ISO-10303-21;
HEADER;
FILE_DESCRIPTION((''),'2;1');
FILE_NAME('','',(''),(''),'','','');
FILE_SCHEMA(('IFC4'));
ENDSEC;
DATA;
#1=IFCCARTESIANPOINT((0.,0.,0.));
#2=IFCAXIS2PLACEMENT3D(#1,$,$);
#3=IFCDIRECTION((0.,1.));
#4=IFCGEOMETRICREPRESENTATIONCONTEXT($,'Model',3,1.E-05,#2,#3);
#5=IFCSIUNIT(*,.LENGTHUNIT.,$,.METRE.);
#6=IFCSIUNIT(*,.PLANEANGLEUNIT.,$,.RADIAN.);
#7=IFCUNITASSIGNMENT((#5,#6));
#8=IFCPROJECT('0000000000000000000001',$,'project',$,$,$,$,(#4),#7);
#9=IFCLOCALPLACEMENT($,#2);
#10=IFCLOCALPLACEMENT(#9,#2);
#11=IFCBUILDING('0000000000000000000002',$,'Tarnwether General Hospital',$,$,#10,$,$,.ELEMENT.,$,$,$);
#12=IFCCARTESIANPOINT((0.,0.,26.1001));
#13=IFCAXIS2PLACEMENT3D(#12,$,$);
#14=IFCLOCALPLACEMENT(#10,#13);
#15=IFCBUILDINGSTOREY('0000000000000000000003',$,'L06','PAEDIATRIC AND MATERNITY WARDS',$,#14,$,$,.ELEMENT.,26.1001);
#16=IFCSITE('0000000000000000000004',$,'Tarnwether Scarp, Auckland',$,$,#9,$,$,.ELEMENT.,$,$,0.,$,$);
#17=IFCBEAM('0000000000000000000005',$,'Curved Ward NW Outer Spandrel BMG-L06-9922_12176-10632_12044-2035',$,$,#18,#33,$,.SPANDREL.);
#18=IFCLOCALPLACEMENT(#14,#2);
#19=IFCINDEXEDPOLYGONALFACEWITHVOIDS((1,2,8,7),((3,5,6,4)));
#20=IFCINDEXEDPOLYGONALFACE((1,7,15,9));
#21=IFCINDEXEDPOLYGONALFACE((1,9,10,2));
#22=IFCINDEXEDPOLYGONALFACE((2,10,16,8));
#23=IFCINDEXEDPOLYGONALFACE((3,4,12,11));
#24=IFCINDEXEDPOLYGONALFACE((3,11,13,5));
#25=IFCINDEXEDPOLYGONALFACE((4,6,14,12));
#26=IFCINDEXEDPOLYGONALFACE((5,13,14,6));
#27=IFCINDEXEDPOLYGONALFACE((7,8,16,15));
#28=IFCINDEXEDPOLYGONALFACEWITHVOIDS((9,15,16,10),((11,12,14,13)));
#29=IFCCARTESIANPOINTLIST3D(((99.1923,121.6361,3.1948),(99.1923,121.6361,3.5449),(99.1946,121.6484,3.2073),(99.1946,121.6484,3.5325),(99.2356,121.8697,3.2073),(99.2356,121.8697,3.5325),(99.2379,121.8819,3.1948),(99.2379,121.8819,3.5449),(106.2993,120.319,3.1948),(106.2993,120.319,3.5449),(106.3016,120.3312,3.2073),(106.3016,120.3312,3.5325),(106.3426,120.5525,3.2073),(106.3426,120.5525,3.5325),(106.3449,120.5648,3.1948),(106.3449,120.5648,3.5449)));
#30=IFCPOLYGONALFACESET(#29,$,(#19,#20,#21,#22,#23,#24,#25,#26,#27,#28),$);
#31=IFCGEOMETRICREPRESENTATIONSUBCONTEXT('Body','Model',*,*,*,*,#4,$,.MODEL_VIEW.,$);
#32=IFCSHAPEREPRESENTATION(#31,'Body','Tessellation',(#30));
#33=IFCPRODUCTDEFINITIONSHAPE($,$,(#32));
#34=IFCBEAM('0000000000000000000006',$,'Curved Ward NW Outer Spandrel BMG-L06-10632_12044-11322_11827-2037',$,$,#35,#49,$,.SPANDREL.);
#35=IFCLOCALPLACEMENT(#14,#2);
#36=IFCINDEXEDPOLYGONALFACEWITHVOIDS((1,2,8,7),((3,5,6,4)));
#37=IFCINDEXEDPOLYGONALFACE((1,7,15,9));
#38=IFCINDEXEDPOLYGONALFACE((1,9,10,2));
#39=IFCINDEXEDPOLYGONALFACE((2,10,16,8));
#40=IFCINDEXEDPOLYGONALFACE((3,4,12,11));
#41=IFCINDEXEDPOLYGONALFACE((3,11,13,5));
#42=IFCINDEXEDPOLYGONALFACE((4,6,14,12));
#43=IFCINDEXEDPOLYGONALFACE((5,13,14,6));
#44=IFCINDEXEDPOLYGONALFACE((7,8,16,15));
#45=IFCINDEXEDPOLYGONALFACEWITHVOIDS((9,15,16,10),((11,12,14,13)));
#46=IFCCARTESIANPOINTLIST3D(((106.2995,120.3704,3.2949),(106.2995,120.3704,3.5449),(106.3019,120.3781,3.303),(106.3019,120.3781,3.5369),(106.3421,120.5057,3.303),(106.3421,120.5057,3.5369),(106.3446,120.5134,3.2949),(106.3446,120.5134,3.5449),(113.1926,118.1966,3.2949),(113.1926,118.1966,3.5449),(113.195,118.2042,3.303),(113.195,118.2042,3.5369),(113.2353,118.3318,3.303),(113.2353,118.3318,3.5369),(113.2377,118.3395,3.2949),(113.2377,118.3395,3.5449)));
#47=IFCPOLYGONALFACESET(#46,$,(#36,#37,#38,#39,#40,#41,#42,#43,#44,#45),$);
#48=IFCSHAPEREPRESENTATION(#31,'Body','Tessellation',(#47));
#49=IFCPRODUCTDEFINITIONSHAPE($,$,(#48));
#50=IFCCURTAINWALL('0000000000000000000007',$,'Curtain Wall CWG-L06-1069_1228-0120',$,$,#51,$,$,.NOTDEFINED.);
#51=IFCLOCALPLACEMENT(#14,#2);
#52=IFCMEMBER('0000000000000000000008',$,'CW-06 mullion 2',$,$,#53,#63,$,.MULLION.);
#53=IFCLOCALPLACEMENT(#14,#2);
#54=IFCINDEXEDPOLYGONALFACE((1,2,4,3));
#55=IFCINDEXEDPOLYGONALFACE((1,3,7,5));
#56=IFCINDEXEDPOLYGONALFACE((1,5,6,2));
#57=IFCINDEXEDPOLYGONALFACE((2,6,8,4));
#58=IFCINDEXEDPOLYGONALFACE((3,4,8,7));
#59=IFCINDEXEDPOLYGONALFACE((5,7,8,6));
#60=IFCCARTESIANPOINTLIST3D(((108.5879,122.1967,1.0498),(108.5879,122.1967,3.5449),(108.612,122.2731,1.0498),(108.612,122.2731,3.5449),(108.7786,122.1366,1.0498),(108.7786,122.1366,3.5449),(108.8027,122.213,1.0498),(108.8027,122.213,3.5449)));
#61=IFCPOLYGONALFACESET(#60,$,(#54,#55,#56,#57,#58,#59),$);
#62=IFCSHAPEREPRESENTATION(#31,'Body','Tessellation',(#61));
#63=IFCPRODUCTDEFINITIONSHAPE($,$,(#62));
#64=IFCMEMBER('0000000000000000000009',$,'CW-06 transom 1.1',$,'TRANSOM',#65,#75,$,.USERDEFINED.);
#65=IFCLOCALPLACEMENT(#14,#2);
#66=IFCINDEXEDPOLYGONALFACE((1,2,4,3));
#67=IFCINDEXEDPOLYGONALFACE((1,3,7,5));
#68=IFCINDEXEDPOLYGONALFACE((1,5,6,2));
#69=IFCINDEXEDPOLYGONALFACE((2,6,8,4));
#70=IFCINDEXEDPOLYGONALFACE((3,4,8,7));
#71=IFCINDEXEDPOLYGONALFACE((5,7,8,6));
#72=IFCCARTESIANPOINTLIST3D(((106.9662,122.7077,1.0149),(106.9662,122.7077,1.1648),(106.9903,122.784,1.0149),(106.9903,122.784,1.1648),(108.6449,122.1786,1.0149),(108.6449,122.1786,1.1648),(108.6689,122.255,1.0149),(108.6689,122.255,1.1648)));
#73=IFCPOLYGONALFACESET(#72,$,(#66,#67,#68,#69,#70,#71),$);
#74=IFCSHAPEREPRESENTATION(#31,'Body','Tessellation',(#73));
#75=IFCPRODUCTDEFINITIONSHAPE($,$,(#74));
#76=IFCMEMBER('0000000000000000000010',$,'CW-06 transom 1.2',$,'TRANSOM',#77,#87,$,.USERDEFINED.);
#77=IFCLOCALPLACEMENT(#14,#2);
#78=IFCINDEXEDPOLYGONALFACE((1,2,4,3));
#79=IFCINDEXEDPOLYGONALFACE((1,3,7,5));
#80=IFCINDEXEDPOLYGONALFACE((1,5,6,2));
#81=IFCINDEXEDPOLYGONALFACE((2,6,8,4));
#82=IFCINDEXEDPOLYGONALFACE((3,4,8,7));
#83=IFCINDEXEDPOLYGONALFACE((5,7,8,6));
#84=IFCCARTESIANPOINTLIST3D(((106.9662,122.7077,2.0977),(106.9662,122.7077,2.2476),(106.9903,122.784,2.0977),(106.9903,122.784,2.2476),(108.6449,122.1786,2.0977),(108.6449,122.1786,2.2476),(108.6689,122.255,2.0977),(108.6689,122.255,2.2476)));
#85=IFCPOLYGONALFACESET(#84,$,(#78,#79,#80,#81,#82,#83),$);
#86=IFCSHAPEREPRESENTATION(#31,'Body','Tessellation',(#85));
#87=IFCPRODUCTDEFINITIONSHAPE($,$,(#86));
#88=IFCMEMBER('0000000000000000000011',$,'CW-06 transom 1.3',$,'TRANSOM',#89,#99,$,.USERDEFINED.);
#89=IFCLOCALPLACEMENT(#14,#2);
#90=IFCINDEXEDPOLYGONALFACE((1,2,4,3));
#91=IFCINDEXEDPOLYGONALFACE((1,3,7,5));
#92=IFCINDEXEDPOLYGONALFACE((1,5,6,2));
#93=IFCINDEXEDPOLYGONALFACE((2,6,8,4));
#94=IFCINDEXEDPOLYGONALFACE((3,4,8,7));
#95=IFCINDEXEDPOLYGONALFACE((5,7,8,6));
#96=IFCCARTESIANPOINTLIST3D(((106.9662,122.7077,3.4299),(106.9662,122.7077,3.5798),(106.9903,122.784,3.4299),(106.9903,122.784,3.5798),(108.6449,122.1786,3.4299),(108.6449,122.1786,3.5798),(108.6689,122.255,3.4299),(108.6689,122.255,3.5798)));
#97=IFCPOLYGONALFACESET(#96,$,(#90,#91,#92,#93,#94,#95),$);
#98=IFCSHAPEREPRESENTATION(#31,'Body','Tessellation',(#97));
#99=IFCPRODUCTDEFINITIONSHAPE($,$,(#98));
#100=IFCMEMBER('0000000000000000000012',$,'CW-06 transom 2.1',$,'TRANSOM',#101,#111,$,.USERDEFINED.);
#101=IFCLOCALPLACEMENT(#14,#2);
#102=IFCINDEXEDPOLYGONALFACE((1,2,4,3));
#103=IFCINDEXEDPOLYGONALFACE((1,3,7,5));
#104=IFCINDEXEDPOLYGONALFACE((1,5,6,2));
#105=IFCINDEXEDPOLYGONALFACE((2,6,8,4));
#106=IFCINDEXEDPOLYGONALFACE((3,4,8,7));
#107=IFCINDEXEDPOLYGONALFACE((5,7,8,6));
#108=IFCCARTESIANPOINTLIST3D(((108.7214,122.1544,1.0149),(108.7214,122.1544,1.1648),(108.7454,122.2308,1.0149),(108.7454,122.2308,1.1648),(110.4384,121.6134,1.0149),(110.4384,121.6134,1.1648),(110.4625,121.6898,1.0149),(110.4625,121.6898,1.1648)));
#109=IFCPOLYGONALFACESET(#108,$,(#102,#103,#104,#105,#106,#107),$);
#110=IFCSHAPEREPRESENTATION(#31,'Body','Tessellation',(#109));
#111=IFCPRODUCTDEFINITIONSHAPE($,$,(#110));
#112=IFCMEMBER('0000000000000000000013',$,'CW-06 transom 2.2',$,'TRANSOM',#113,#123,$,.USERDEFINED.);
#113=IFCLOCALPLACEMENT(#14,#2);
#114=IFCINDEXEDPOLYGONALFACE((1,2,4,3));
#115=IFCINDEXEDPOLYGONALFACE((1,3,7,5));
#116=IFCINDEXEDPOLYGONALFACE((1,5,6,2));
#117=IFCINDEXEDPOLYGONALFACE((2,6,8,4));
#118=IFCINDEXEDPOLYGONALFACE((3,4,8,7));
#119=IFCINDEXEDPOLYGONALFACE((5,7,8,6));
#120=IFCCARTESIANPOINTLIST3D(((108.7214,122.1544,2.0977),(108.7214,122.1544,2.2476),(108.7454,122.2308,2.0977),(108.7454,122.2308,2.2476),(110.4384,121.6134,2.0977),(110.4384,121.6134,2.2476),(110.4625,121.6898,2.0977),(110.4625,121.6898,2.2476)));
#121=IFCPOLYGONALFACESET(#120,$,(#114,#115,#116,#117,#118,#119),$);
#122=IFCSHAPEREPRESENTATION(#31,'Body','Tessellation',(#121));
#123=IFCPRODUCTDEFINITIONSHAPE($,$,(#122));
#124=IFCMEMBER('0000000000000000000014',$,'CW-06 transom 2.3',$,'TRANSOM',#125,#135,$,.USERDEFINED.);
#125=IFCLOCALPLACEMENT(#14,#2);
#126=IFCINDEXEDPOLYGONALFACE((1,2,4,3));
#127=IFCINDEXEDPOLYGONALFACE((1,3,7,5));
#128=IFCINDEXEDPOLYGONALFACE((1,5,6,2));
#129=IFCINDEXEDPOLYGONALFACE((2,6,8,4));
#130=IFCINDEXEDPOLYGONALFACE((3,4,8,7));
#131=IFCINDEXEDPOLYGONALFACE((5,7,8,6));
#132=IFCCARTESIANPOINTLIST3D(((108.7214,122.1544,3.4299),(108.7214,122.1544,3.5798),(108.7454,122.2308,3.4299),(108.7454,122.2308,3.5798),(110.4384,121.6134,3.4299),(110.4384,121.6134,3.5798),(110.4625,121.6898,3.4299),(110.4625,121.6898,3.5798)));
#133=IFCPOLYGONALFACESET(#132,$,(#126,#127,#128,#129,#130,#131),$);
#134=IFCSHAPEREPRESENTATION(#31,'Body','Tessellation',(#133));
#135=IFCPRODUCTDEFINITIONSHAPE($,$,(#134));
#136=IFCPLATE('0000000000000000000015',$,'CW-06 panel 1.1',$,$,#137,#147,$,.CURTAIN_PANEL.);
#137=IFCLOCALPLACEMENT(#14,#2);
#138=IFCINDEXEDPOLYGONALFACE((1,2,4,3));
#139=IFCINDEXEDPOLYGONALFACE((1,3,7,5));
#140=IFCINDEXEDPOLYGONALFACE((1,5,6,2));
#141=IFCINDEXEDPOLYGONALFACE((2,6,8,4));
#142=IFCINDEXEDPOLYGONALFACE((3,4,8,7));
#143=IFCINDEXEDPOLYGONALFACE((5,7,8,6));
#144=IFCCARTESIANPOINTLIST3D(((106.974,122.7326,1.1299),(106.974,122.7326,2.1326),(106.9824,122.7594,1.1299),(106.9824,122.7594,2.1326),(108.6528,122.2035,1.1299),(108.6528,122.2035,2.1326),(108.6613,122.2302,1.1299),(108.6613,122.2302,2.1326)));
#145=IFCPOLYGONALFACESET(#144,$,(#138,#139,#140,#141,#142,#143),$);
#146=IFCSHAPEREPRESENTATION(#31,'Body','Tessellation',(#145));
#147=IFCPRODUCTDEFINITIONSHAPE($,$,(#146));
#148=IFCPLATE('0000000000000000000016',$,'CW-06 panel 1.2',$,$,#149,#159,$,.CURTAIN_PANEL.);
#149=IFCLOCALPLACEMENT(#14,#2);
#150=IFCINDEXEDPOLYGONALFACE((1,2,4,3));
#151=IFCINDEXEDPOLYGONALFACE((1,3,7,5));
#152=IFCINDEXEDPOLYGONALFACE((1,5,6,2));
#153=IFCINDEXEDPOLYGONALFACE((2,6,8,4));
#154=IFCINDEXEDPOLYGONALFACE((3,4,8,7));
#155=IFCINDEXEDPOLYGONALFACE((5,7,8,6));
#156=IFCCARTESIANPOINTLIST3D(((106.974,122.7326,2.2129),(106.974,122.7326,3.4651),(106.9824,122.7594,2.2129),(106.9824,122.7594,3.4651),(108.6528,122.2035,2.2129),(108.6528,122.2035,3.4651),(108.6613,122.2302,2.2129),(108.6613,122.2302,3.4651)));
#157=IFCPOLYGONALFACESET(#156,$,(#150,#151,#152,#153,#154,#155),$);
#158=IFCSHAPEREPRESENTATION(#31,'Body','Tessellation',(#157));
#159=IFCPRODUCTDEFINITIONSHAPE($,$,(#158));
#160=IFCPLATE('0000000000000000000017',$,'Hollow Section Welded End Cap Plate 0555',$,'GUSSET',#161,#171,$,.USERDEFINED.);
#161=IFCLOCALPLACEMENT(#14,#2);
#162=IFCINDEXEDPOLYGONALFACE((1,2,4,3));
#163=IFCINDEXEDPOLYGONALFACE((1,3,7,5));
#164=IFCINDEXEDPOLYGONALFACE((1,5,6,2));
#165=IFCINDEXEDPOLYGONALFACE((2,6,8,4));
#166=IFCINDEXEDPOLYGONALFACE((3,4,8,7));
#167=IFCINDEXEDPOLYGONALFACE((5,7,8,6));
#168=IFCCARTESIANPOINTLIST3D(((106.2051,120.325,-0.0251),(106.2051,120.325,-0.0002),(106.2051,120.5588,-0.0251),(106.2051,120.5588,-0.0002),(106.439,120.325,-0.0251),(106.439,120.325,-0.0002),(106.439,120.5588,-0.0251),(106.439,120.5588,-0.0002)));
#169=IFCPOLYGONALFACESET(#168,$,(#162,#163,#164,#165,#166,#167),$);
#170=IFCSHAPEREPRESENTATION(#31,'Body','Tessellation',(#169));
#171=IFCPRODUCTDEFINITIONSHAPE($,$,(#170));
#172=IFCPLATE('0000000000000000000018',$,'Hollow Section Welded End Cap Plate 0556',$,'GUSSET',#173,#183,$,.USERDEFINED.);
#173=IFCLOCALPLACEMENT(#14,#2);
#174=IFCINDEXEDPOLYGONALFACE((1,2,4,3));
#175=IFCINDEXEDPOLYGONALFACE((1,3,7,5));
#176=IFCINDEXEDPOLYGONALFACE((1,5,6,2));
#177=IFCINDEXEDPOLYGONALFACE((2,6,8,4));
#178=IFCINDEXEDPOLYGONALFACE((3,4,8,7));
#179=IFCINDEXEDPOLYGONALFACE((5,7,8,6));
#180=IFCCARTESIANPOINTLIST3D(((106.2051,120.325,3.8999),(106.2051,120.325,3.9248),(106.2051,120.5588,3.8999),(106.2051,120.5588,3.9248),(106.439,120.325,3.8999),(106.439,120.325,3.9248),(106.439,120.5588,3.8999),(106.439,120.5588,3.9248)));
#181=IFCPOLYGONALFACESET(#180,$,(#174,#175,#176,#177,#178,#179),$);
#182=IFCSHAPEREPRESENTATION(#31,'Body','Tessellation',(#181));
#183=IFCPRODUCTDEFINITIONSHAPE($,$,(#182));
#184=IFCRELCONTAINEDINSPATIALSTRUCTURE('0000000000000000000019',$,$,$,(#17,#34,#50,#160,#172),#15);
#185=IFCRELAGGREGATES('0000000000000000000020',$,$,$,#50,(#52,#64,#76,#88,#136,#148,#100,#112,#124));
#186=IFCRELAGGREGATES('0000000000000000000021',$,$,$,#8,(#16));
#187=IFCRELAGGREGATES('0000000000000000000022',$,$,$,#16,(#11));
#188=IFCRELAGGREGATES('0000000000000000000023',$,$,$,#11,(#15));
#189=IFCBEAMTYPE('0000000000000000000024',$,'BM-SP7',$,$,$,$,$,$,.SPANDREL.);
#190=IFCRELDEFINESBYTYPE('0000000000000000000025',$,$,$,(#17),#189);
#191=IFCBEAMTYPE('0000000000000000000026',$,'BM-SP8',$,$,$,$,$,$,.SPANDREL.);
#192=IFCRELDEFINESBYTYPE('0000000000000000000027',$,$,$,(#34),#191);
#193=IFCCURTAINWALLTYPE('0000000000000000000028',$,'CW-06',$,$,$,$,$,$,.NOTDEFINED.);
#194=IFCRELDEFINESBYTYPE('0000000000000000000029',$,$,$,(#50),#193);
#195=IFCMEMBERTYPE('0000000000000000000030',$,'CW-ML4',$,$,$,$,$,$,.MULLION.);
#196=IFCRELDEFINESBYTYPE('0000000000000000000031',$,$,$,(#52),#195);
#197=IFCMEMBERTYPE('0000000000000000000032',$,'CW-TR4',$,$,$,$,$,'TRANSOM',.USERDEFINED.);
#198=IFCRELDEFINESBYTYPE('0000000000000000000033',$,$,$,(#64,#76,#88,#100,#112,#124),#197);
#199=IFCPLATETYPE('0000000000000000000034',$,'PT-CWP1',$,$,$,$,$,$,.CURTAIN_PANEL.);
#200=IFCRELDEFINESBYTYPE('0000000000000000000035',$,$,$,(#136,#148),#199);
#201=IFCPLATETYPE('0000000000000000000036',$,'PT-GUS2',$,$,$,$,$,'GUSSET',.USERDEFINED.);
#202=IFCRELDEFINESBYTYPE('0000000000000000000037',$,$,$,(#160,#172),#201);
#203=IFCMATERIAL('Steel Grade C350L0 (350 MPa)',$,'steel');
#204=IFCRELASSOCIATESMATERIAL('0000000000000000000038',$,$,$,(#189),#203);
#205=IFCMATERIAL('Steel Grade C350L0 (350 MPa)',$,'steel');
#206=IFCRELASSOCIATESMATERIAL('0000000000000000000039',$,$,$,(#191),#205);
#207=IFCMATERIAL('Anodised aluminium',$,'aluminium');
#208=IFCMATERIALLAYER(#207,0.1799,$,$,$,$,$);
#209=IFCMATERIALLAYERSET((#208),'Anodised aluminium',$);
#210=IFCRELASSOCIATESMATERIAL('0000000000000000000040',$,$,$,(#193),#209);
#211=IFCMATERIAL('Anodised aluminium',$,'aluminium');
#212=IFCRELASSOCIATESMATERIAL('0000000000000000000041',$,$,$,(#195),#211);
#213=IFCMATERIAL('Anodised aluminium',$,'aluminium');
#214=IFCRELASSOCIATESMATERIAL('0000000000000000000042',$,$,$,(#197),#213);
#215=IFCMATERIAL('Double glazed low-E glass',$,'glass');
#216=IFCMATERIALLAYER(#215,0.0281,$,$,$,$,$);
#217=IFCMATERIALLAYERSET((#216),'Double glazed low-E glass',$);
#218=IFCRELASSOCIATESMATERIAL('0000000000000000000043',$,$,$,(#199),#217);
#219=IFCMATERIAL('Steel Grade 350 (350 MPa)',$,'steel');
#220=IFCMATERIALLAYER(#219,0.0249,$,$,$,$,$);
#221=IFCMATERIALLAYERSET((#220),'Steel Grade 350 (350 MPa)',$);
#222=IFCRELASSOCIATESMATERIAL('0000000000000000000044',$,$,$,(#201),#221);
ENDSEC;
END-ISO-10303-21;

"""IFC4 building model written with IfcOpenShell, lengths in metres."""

from ifc_helpers import new_model, si_unit, direction, frame, origin, origin_2d, place, context, subcontext, project, spatial, rectangle, hollow_rectangle, extrude, material, layer, layer_set, material_profile, profile_set, type_object, element, aggregate, save


model = new_model("IFC4")

# Units and contexts
model_context = context("Model", 3, precision=1e-05, world=origin(), true_north=direction((0.0, 1.0)))
body_context = subcontext(model_context, "Body", "Model", "MODEL_VIEW")
ifc_project = project(units=[si_unit("LENGTHUNIT", "METRE"), si_unit("PLANEANGLEUNIT", "RADIAN")], contexts=[model_context])

# Site, building, storey
site_placement = place(None, origin())
site = spatial("IfcSite", under=ifc_project, at=site_placement, Name="Tarnwether Scarp, Auckland", CompositionType="ELEMENT", RefElevation=0.0)
building_placement = place(site_placement, origin())
building = spatial("IfcBuilding", under=site, at=building_placement, Name="Tarnwether General Hospital", CompositionType="ELEMENT")
storey_placement = place(building_placement, frame((0.0, 0.0, 26.1001)))
storey = spatial("IfcBuildingStorey", under=building, at=storey_placement, Name="L06", Description="PAEDIATRIC AND MATERNITY WARDS", CompositionType="ELEMENT", Elevation=26.1001)

# Beams
ifc_material_1 = material(Name="Steel Grade C350L0 (350 MPa)", Category="steel")
ifc_material_profile_1 = material_profile(ifc_material_1, hollow_rectangle(XDim=0.25, YDim=0.3501, WallThickness=0.0125, at=origin_2d()), Name="RHS350x250x12.5")
ifc_profile_set_1 = profile_set([ifc_material_profile_1], Name="Steel Grade C350L0 (350 MPa)")
beam_type_1 = type_object("IfcBeamType", Name="BM-SP7", PredefinedType="SPANDREL", material=ifc_profile_set_1)
beam_1_placement = place(storey_placement, frame((99.2151, 121.759, 3.3699), z_axis=(0.983256, -0.182228, 0.0), x_axis=(0.182228, 0.983256, 0.0)))
element("IfcBeam", 1, at=beam_1_placement, inside=storey, type_object=beam_type_1, Name="Curved Ward NW Outer Spandrel BMG-L06-9922_12176-10632_12044-2035", PredefinedType="SPANDREL", context=body_context, shape_type="SweptSolid", body=[
    extrude(hollow_rectangle(XDim=0.25, YDim=0.3501, WallThickness=0.0125, at=origin_2d()), origin(), (0.0, 0.0, 1.0), 7.228),
])
ifc_material_2 = material(Name="Steel Grade C350L0 (350 MPa)", Category="steel")
ifc_material_profile_2 = material_profile(ifc_material_2, hollow_rectangle(XDim=0.1499, YDim=0.25, WallThickness=0.0081, at=origin_2d()), Name="RHS250x150x8")
ifc_profile_set_2 = profile_set([ifc_material_profile_2], Name="Steel Grade C350L0 (350 MPa)")
beam_type_2 = type_object("IfcBeamType", Name="BM-SP8", PredefinedType="SPANDREL", material=ifc_profile_set_2)
beam_2_placement = place(storey_placement, frame((106.322, 120.4419, 3.4199), z_axis=(0.953699, -0.300763, 0.0), x_axis=(0.300763, 0.953699, 0.0)))
element("IfcBeam", 2, at=beam_2_placement, inside=storey, type_object=beam_type_2, Name="Curved Ward NW Outer Spandrel BMG-L06-10632_12044-11322_11827-2037", PredefinedType="SPANDREL", context=body_context, shape_type="SweptSolid", body=[
    extrude(hollow_rectangle(XDim=0.1499, YDim=0.25, WallThickness=0.0081, at=origin_2d()), origin(), (0.0, 0.0, 1.0), 7.2278),
])

# Curtain wall, members, plates
ifc_material_3 = material(Name="Anodised aluminium", Category="aluminium")
ifc_layer_1 = layer(ifc_material_3, 0.1799)
ifc_layer_set_1 = layer_set([ifc_layer_1], Name="Anodised aluminium")
curtain_wall_type = type_object("IfcCurtainWallType", Name="CW-06", PredefinedType="NOTDEFINED", material=ifc_layer_set_1)
curtain_wall_placement = place(storey_placement, origin())
curtain_wall = element("IfcCurtainWall", 3, at=curtain_wall_placement, inside=storey, type_object=curtain_wall_type, Name="Curtain Wall CWG-L06-1069_1228-0120", PredefinedType="NOTDEFINED")
ifc_material_4 = material(Name="Anodised aluminium", Category="aluminium")
ifc_material_profile_3 = material_profile(ifc_material_4, rectangle(XDim=0.0801, YDim=0.2, at=origin_2d()), Name="ALU-MUL-80x200")
ifc_profile_set_3 = profile_set([ifc_material_profile_3], Name="Anodised aluminium")
member_type_1 = type_object("IfcMemberType", Name="CW-ML4", PredefinedType="MULLION", material=ifc_profile_set_3)
member_1_placement = place(storey_placement, frame((108.6953, 122.2048, 1.0498), z_axis=(0.0, 0.0, 1.0), x_axis=(0.300629, 0.953741, 0.0)))
member_1 = element("IfcMember", 4, at=member_1_placement, type_object=member_type_1, Name="CW-06 mullion 2", PredefinedType="MULLION", context=body_context, shape_type="SweptSolid", body=[
    extrude(rectangle(XDim=0.0801, YDim=0.2, at=origin_2d()), origin(), (0.0, 0.0, 1.0), 2.4951),
])
ifc_material_5 = material(Name="Anodised aluminium", Category="aluminium")
ifc_material_profile_4 = material_profile(ifc_material_5, rectangle(XDim=0.0801, YDim=0.1499, at=origin_2d()), Name="ALU-TRN-80x150")
ifc_profile_set_4 = profile_set([ifc_material_profile_4], Name="Anodised aluminium")
member_type_2 = type_object("IfcMemberType", Name="CW-TR4", ElementType="TRANSOM", PredefinedType="USERDEFINED", material=ifc_profile_set_4)
member_2_placement = place(storey_placement, frame((106.9783, 122.7458, 1.0898), z_axis=(0.953757, -0.30058, 0.0), x_axis=(0.30058, 0.953757, 0.0)))
member_2 = element("IfcMember", 5, at=member_2_placement, type_object=member_type_2, Name="CW-06 transom 1.1", ObjectType="TRANSOM", PredefinedType="USERDEFINED", context=body_context, shape_type="SweptSolid", body=[
    extrude(rectangle(XDim=0.0801, YDim=0.1499, at=origin_2d()), origin(), (0.0, 0.0, 1.0), 1.76),
])
member_3_placement = place(storey_placement, frame((106.9783, 122.7458, 2.1726), z_axis=(0.953757, -0.30058, 0.0), x_axis=(0.30058, 0.953757, 0.0)))
member_3 = element("IfcMember", 6, at=member_3_placement, type_object=member_type_2, Name="CW-06 transom 1.2", ObjectType="TRANSOM", PredefinedType="USERDEFINED", context=body_context, shape_type="SweptSolid", body=[
    extrude(rectangle(XDim=0.0801, YDim=0.1499, at=origin_2d()), origin(), (0.0, 0.0, 1.0), 1.76),
])
member_4_placement = place(storey_placement, frame((106.9783, 122.7458, 3.5049), z_axis=(0.953757, -0.30058, 0.0), x_axis=(0.30058, 0.953757, 0.0)))
member_4 = element("IfcMember", 7, at=member_4_placement, type_object=member_type_2, Name="CW-06 transom 1.3", ObjectType="TRANSOM", PredefinedType="USERDEFINED", context=body_context, shape_type="SweptSolid", body=[
    extrude(rectangle(XDim=0.0801, YDim=0.1499, at=origin_2d()), origin(), (0.0, 0.0, 1.0), 1.76),
])
member_5_placement = place(storey_placement, frame((108.7334, 122.1926, 1.0898), z_axis=(0.953775, -0.300521, 0.0), x_axis=(0.300521, 0.953775, 0.0)))
member_5 = element("IfcMember", 8, at=member_5_placement, type_object=member_type_2, Name="CW-06 transom 2.1", ObjectType="TRANSOM", PredefinedType="USERDEFINED", context=body_context, shape_type="SweptSolid", body=[
    extrude(rectangle(XDim=0.0801, YDim=0.1499, at=origin_2d()), origin(), (0.0, 0.0, 1.0), 1.8003),
])
member_6_placement = place(storey_placement, frame((108.7334, 122.1926, 2.1726), z_axis=(0.953775, -0.300521, 0.0), x_axis=(0.300521, 0.953775, 0.0)))
member_6 = element("IfcMember", 9, at=member_6_placement, type_object=member_type_2, Name="CW-06 transom 2.2", ObjectType="TRANSOM", PredefinedType="USERDEFINED", context=body_context, shape_type="SweptSolid", body=[
    extrude(rectangle(XDim=0.0801, YDim=0.1499, at=origin_2d()), origin(), (0.0, 0.0, 1.0), 1.8003),
])
member_7_placement = place(storey_placement, frame((108.7334, 122.1926, 3.5049), z_axis=(0.953775, -0.300521, 0.0), x_axis=(0.300521, 0.953775, 0.0)))
member_7 = element("IfcMember", 10, at=member_7_placement, type_object=member_type_2, Name="CW-06 transom 2.3", ObjectType="TRANSOM", PredefinedType="USERDEFINED", context=body_context, shape_type="SweptSolid", body=[
    extrude(rectangle(XDim=0.0801, YDim=0.1499, at=origin_2d()), origin(), (0.0, 0.0, 1.0), 1.8003),
])
ifc_material_6 = material(Name="Double glazed low-E glass", Category="glass")
ifc_layer_2 = layer(ifc_material_6, 0.0281)
ifc_layer_set_2 = layer_set([ifc_layer_2], Name="Double glazed low-E glass")
plate_type_1 = type_object("IfcPlateType", Name="PT-CWP1", PredefinedType="CURTAIN_PANEL", material=ifc_layer_set_2)
plate_1_placement = place(storey_placement, frame((107.8176, 122.4814, 1.1299), z_axis=(0.0, 0.0, 1.0), x_axis=(0.953741, -0.300629, 0.0)))
plate_1 = element("IfcPlate", 11, at=plate_1_placement, type_object=plate_type_1, Name="CW-06 panel 1.1", PredefinedType="CURTAIN_PANEL", context=body_context, shape_type="SweptSolid", body=[
    extrude(rectangle(XDim=1.7603, YDim=0.0281, at=origin_2d()), origin(), (0.0, 0.0, 1.0), 1.0027),
])
plate_2_placement = place(storey_placement, frame((107.8176, 122.4814, 2.2129), z_axis=(0.0, 0.0, 1.0), x_axis=(0.953741, -0.300629, 0.0)))
plate_2 = element("IfcPlate", 12, at=plate_2_placement, type_object=plate_type_1, Name="CW-06 panel 1.2", PredefinedType="CURTAIN_PANEL", context=body_context, shape_type="SweptSolid", body=[
    extrude(rectangle(XDim=1.7603, YDim=0.0281, at=origin_2d()), origin(), (0.0, 0.0, 1.0), 1.2522),
])
aggregate(curtain_wall, [member_1, member_2, member_3, member_4, plate_1, plate_2, member_5, member_6, member_7])

# Plates
ifc_material_7 = material(Name="Steel Grade 350 (350 MPa)", Category="steel")
ifc_layer_3 = layer(ifc_material_7, 0.0249)
ifc_layer_set_3 = layer_set([ifc_layer_3], Name="Steel Grade 350 (350 MPa)")
plate_type_2 = type_object("IfcPlateType", Name="PT-GUS2", ElementType="GUSSET", PredefinedType="USERDEFINED", material=ifc_layer_set_3)
for number, where, z_axis, x_axis, name in (
    (13, (106.322, 120.4419, -0.0251), (0.0, 0.0, 1.0), (1.0, 0.0, 0.0), "Hollow Section Welded End Cap Plate 0555"),
    (14, (106.322, 120.4419, 3.8999), (0.0, 0.0, 1.0), (1.0, 0.0, 0.0), "Hollow Section Welded End Cap Plate 0556"),
):
    element("IfcPlate", number, at=place(storey_placement, frame(where, z_axis=z_axis, x_axis=x_axis)), inside=storey, type_object=plate_type_2, Name=name, ObjectType="GUSSET", PredefinedType="USERDEFINED", context=body_context, shape_type="SweptSolid", body=[
        extrude(rectangle(XDim=0.2339, YDim=0.2339, at=origin_2d()), origin(), (0.0, 0.0, 1.0), 0.0249),
    ])

save(model, "model.ifc")
